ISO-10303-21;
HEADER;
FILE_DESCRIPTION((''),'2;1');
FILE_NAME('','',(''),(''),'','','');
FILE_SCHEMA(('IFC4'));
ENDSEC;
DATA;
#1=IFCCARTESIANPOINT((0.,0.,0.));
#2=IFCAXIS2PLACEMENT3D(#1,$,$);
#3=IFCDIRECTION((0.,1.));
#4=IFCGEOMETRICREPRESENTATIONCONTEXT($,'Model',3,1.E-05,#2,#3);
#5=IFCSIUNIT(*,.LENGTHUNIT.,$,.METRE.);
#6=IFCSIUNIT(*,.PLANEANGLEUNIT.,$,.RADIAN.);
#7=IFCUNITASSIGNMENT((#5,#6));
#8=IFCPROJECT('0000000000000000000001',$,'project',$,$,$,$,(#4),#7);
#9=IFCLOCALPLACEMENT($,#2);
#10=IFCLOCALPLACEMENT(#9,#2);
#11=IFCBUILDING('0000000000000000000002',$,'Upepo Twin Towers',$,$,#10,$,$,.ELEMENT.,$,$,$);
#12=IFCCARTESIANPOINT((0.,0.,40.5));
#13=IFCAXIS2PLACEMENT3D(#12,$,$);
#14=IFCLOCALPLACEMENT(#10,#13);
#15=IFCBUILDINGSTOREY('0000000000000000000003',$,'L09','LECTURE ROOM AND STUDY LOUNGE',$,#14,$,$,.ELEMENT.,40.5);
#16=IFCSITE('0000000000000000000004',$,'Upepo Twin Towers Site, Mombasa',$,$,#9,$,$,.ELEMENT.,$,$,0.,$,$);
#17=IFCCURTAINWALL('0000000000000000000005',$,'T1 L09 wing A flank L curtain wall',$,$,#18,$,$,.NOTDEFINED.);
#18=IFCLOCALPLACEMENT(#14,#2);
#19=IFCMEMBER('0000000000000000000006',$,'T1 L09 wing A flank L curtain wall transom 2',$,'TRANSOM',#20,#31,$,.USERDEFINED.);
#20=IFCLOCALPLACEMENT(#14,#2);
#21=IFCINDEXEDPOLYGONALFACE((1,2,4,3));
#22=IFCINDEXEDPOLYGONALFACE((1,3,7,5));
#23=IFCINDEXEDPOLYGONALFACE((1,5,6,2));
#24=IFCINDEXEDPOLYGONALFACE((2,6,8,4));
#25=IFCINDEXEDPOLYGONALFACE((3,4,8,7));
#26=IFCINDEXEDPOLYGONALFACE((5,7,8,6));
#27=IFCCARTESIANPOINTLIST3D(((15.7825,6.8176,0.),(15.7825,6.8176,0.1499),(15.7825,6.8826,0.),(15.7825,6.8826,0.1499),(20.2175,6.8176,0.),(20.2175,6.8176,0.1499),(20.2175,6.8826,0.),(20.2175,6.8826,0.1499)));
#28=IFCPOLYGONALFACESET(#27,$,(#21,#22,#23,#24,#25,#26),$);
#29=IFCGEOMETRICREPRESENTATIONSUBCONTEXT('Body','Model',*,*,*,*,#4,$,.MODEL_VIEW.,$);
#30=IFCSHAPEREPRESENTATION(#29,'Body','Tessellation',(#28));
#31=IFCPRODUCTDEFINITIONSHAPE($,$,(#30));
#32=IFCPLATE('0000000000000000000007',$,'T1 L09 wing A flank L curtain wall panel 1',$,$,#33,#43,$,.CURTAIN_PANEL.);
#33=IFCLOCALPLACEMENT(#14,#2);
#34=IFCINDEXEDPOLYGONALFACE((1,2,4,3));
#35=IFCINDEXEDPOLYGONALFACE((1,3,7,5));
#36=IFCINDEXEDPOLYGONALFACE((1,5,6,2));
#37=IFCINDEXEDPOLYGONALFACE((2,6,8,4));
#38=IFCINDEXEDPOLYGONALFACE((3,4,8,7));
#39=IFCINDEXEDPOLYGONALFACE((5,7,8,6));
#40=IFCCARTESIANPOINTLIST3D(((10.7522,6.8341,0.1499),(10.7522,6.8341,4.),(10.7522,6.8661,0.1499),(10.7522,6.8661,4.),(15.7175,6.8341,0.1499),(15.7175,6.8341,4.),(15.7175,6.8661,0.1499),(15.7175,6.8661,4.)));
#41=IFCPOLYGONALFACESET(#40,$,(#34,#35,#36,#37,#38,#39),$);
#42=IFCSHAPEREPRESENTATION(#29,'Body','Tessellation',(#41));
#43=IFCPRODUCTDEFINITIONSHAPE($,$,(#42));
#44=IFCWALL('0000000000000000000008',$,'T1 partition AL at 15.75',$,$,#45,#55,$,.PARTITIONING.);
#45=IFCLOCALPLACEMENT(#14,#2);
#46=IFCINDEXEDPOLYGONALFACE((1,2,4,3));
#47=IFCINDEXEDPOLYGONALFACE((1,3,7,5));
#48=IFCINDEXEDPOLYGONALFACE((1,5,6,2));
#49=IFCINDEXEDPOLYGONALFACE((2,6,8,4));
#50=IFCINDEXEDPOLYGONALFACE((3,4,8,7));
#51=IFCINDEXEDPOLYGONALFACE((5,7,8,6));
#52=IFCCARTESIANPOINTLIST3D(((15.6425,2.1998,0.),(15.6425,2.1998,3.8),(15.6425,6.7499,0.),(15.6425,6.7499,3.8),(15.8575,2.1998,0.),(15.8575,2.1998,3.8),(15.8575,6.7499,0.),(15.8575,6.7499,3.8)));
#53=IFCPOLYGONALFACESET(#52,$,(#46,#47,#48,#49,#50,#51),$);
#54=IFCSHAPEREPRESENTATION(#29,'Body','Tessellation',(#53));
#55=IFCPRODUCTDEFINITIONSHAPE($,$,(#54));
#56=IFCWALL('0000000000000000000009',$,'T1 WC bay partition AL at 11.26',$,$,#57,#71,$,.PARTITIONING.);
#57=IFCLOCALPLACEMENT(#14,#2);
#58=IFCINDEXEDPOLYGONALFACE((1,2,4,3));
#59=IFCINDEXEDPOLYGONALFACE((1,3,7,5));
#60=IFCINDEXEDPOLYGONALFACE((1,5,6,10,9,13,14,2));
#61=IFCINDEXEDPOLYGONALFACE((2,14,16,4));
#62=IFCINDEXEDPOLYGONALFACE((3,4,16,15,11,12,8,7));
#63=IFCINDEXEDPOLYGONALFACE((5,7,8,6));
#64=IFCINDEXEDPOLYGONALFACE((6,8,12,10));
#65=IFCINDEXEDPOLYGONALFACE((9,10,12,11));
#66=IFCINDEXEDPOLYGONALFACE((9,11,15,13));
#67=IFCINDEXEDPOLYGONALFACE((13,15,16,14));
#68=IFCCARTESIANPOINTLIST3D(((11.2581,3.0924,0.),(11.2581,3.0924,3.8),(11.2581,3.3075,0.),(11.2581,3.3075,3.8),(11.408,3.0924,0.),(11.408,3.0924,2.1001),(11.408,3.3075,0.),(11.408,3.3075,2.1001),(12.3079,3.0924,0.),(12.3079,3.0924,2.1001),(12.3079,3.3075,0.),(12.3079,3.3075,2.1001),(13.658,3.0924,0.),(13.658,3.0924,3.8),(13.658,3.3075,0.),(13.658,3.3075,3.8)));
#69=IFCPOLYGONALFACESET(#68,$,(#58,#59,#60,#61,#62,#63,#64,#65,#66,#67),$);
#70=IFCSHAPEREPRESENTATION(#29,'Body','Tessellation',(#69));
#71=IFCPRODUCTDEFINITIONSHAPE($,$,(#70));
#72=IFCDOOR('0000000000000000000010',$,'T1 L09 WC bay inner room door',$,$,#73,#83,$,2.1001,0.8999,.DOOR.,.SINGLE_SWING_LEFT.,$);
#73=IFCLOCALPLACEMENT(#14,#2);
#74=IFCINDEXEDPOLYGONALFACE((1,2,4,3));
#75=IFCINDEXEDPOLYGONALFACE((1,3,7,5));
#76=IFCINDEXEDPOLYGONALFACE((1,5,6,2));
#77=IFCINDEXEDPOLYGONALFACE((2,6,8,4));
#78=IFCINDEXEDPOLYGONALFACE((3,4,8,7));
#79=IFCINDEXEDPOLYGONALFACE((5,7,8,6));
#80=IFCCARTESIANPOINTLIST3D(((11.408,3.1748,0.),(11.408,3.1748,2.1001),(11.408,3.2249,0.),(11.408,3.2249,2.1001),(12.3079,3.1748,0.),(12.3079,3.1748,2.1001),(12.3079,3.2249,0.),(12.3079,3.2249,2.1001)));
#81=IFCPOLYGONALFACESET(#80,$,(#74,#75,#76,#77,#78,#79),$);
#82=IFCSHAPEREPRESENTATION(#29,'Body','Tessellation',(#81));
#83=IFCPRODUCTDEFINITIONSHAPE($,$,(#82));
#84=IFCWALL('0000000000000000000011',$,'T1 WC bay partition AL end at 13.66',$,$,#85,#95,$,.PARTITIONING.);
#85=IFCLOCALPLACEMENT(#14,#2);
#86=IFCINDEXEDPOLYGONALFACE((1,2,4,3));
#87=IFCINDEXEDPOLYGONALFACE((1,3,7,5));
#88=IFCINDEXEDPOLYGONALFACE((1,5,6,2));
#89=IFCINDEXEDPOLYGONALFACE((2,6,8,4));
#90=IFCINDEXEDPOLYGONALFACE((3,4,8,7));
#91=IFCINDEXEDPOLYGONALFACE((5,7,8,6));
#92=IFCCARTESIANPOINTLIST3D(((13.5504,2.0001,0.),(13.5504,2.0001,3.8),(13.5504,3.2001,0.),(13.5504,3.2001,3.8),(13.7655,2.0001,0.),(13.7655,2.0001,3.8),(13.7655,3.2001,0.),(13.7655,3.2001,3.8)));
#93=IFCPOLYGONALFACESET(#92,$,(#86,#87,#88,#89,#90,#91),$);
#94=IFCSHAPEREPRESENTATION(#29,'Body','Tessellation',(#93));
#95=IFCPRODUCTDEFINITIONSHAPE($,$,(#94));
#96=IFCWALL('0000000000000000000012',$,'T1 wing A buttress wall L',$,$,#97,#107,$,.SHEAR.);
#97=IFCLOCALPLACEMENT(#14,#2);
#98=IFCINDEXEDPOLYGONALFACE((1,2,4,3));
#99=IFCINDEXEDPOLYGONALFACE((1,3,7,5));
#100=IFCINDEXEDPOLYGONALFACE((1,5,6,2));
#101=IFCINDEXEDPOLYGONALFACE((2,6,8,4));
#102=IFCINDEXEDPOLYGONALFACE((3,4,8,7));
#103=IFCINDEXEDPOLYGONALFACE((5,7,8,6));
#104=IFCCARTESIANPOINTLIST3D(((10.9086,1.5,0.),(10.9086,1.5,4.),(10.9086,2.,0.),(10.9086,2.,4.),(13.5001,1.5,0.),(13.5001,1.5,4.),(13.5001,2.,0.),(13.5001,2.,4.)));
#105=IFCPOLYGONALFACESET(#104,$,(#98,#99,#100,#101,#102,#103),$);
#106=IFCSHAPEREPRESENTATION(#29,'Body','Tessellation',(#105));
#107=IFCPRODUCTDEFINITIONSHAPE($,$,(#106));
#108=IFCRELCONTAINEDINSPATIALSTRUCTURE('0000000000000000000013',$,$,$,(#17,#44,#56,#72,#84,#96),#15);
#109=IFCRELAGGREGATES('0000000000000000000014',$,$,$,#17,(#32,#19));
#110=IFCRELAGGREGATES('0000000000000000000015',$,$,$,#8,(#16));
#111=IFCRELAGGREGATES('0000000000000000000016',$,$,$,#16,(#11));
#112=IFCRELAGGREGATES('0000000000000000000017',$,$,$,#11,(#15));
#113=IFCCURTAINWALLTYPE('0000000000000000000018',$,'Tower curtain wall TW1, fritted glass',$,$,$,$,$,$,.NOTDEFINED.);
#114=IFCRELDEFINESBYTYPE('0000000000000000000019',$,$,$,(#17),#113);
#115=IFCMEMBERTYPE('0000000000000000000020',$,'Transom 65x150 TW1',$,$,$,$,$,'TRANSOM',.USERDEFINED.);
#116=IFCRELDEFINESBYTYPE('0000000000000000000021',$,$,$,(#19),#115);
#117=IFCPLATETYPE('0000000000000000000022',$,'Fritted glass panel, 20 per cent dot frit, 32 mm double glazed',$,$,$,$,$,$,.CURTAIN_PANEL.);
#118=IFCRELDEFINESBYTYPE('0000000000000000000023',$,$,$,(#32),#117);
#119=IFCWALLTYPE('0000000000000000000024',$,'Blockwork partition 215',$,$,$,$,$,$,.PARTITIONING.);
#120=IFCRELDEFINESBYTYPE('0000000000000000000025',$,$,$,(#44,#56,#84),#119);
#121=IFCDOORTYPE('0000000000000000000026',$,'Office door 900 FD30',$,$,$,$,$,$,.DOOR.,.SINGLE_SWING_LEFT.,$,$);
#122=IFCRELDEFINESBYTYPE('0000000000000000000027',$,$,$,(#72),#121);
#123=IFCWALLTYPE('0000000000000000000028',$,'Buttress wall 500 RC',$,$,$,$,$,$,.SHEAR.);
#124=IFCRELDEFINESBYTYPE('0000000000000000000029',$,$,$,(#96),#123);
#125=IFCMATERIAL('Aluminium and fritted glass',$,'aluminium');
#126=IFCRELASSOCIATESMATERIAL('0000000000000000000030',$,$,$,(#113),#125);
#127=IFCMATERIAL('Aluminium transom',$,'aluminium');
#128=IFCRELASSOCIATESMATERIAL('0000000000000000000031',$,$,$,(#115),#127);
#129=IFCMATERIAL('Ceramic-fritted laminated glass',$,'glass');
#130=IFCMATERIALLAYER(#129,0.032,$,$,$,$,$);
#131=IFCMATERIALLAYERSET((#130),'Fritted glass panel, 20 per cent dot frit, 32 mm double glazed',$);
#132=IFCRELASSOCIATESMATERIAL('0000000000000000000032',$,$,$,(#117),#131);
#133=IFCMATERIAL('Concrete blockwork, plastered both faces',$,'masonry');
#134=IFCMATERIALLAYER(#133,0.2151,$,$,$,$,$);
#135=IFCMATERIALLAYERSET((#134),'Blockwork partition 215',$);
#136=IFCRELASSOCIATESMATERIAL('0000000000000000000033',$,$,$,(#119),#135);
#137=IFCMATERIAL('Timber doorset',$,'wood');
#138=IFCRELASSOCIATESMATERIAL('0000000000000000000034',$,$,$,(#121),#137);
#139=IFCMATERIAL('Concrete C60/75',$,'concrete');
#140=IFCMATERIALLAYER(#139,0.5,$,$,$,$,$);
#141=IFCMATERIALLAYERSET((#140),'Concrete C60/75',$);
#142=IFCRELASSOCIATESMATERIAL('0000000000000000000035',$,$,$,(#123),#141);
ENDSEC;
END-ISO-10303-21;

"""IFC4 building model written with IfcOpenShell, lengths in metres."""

from ifc_helpers import new_model, si_unit, direction, frame, frame_2d, origin, origin_2d, place, context, subcontext, project, spatial, rectangle, extrude, material, layer, layer_set, material_profile, profile_set, type_object, element, fill, aggregate, save


model = new_model("IFC4")

# Units and contexts
model_context = context("Model", 3, precision=1e-05, world=origin(), true_north=direction((0.0, 1.0)))
body_context = subcontext(model_context, "Body", "Model", "MODEL_VIEW")
ifc_project = project(units=[si_unit("LENGTHUNIT", "METRE"), si_unit("PLANEANGLEUNIT", "RADIAN")], contexts=[model_context])

# Site, building, storey
site_placement = place(None, origin())
site = spatial("IfcSite", under=ifc_project, at=site_placement, Name="Upepo Twin Towers Site, Mombasa", CompositionType="ELEMENT", RefElevation=0.0)
building_placement = place(site_placement, origin())
building = spatial("IfcBuilding", under=site, at=building_placement, Name="Upepo Twin Towers", CompositionType="ELEMENT")
storey_placement = place(building_placement, frame((0.0, 0.0, 40.5)))
storey = spatial("IfcBuildingStorey", under=building, at=storey_placement, Name="L09", Description="LECTURE ROOM AND STUDY LOUNGE", CompositionType="ELEMENT", Elevation=40.5)

# Curtain wall, member, plate
ifc_material_1 = material(Name="Aluminium and fritted glass", Category="aluminium")
curtain_wall_type = type_object("IfcCurtainWallType", Name="Tower curtain wall TW1, fritted glass", PredefinedType="NOTDEFINED", material=ifc_material_1)
curtain_wall_placement = place(storey_placement, origin())
curtain_wall = element("IfcCurtainWall", 1, at=curtain_wall_placement, inside=storey, type_object=curtain_wall_type, Name="T1 L09 wing A flank L curtain wall", PredefinedType="NOTDEFINED")
ifc_material_2 = material(Name="Aluminium transom", Category="aluminium")
ifc_material_profile_1 = material_profile(ifc_material_2, rectangle(XDim=0.0649, YDim=0.1499, at=origin_2d()), Name="TRANSOM 65x150")
ifc_profile_set_1 = profile_set([ifc_material_profile_1], Name="Aluminium transom")
member_type_1 = type_object("IfcMemberType", Name="Transom 65x150 TW1", ElementType="TRANSOM", PredefinedType="USERDEFINED", material=ifc_profile_set_1)
member_1_placement = place(storey_placement, frame((15.7825, 6.8501, 0.075), z_axis=(1.0, 0.0, 0.0), x_axis=(0.0, 1.0, 0.0)))
member_1 = element("IfcMember", 2, at=member_1_placement, type_object=member_type_1, Name="T1 L09 wing A flank L curtain wall transom 2", ObjectType="TRANSOM", PredefinedType="USERDEFINED", context=body_context, shape_type="SweptSolid", body=[
    extrude(rectangle(XDim=0.0649, YDim=0.1499, at=origin_2d()), origin(), (0.0, 0.0, 1.0), 4.4351),
])
ifc_material_3 = material(Name="Ceramic-fritted laminated glass", Category="glass")
ifc_layer_1 = layer(ifc_material_3, 0.032)
ifc_layer_set_1 = layer_set([ifc_layer_1], Name="Fritted glass panel, 20 per cent dot frit, 32 mm double glazed")
plate_type = type_object("IfcPlateType", Name="Fritted glass panel, 20 per cent dot frit, 32 mm double glazed", PredefinedType="CURTAIN_PANEL", material=ifc_layer_set_1)
plate_placement = place(storey_placement, frame((13.2349, 6.8501, 0.1499), z_axis=(0.0, 0.0, 1.0), x_axis=(1.0, 0.0, 0.0)))
plate = element("IfcPlate", 3, at=plate_placement, type_object=plate_type, Name="T1 L09 wing A flank L curtain wall panel 1", PredefinedType="CURTAIN_PANEL", context=body_context, shape_type="SweptSolid", body=[
    extrude(rectangle(XDim=4.9653, YDim=0.032, at=origin_2d()), origin(), (0.0, 0.0, 1.0), 3.8501),
])
aggregate(curtain_wall, [plate, member_1])

# Wall
ifc_material_4 = material(Name="Concrete blockwork, plastered both faces", Category="masonry")
ifc_layer_2 = layer(ifc_material_4, 0.2151)
ifc_layer_set_2 = layer_set([ifc_layer_2], Name="Blockwork partition 215")
wall_type_1 = type_object("IfcWallType", Name="Blockwork partition 215", PredefinedType="PARTITIONING", material=ifc_layer_set_2)
wall_1_placement = place(storey_placement, frame((15.75, 2.2, 0.0), z_axis=(0.0, 0.0, 1.0), x_axis=(0.0, 1.0, 0.0)))
element("IfcWall", 4, at=wall_1_placement, inside=storey, type_object=wall_type_1, Name="T1 partition AL at 15.75", PredefinedType="PARTITIONING", context=body_context, shape_type="SweptSolid", body=[
    extrude(rectangle(XDim=4.55, YDim=0.2151, at=frame_2d((2.2749, 0.0))), origin(), (0.0, 0.0, 1.0), 3.8),
])

# Wall, opening, door
wall_2_placement = place(storey_placement, frame((11.2581, 3.2, 0.0), z_axis=(0.0, 0.0, 1.0), x_axis=(1.0, 0.0, 0.0)))
wall_2 = element("IfcWall", 5, at=wall_2_placement, inside=storey, type_object=wall_type_1, Name="T1 WC bay partition AL at 11.26", PredefinedType="PARTITIONING", context=body_context, shape_type="SweptSolid", body=[
    extrude(rectangle(XDim=2.3999, YDim=0.2151, at=frame_2d((1.2, 0.0))), origin(), (0.0, 0.0, 1.0), 3.8),
])
opening_1_placement = place(wall_2_placement, frame((0.1499, 0.0, 0.0)))
opening_1 = element("IfcOpeningElement", 6, at=opening_1_placement, cuts=wall_2, PredefinedType="OPENING", context=body_context, shape_type="SweptSolid", body=[
    extrude(rectangle(XDim=0.8999, YDim=2.1001, at=frame_2d((0.45, 1.05))), frame((0.0, 0.1174, 0.0), z_axis=(0.0, -1.0, 0.0), x_axis=(1.0, 0.0, 0.0)), (0.0, 0.0, 1.0), 0.2351),
])
ifc_material_5 = material(Name="Timber doorset", Category="wood")
door_type_1 = type_object("IfcDoorType", Name="Office door 900 FD30", OperationType="SINGLE_SWING_LEFT", PredefinedType="DOOR", material=ifc_material_5)
door_1_placement = place(opening_1_placement, origin())
door_1 = element("IfcDoor", 7, at=door_1_placement, inside=storey, type_object=door_type_1, Name="T1 L09 WC bay inner room door", OperationType="SINGLE_SWING_LEFT", OverallHeight=2.1001, OverallWidth=0.8999, PredefinedType="DOOR", context=body_context, shape_type="SweptSolid", body=[
    extrude(rectangle(XDim=0.8999, YDim=2.1001, at=frame_2d((0.45, 1.05))), frame((0.0, 0.0249, 0.0), z_axis=(0.0, -1.0, 0.0), x_axis=(1.0, 0.0, 0.0)), (0.0, 0.0, 1.0), 0.05),
])
fill(opening_1, door_1)

# Walls
wall_3_placement = place(storey_placement, frame((13.658, 2.0, 0.0), z_axis=(0.0, 0.0, 1.0), x_axis=(0.0, 1.0, 0.0)))
element("IfcWall", 8, at=wall_3_placement, inside=storey, type_object=wall_type_1, Name="T1 WC bay partition AL end at 13.66", PredefinedType="PARTITIONING", context=body_context, shape_type="SweptSolid", body=[
    extrude(rectangle(XDim=1.2, YDim=0.2151, at=frame_2d((0.6001, 0.0))), origin(), (0.0, 0.0, 1.0), 3.8),
])
ifc_material_6 = material(Name="Concrete C60/75", Category="concrete")
ifc_layer_3 = layer(ifc_material_6, 0.5)
ifc_layer_set_3 = layer_set([ifc_layer_3], Name="Concrete C60/75")
wall_type_2 = type_object("IfcWallType", Name="Buttress wall 500 RC", PredefinedType="SHEAR", material=ifc_layer_set_3)
wall_4_placement = place(storey_placement, frame((10.9084, 1.75, 0.0), z_axis=(0.0, 0.0, 1.0), x_axis=(1.0, 0.0, 0.0)))
element("IfcWall", 9, at=wall_4_placement, inside=storey, type_object=wall_type_2, Name="T1 wing A buttress wall L", PredefinedType="SHEAR", context=body_context, shape_type="SweptSolid", body=[
    extrude(rectangle(XDim=2.5916, YDim=0.5, at=frame_2d((1.2959, 0.0))), origin(), (0.0, 0.0, 1.0), 4.0),
])

save(model, "model.ifc")
